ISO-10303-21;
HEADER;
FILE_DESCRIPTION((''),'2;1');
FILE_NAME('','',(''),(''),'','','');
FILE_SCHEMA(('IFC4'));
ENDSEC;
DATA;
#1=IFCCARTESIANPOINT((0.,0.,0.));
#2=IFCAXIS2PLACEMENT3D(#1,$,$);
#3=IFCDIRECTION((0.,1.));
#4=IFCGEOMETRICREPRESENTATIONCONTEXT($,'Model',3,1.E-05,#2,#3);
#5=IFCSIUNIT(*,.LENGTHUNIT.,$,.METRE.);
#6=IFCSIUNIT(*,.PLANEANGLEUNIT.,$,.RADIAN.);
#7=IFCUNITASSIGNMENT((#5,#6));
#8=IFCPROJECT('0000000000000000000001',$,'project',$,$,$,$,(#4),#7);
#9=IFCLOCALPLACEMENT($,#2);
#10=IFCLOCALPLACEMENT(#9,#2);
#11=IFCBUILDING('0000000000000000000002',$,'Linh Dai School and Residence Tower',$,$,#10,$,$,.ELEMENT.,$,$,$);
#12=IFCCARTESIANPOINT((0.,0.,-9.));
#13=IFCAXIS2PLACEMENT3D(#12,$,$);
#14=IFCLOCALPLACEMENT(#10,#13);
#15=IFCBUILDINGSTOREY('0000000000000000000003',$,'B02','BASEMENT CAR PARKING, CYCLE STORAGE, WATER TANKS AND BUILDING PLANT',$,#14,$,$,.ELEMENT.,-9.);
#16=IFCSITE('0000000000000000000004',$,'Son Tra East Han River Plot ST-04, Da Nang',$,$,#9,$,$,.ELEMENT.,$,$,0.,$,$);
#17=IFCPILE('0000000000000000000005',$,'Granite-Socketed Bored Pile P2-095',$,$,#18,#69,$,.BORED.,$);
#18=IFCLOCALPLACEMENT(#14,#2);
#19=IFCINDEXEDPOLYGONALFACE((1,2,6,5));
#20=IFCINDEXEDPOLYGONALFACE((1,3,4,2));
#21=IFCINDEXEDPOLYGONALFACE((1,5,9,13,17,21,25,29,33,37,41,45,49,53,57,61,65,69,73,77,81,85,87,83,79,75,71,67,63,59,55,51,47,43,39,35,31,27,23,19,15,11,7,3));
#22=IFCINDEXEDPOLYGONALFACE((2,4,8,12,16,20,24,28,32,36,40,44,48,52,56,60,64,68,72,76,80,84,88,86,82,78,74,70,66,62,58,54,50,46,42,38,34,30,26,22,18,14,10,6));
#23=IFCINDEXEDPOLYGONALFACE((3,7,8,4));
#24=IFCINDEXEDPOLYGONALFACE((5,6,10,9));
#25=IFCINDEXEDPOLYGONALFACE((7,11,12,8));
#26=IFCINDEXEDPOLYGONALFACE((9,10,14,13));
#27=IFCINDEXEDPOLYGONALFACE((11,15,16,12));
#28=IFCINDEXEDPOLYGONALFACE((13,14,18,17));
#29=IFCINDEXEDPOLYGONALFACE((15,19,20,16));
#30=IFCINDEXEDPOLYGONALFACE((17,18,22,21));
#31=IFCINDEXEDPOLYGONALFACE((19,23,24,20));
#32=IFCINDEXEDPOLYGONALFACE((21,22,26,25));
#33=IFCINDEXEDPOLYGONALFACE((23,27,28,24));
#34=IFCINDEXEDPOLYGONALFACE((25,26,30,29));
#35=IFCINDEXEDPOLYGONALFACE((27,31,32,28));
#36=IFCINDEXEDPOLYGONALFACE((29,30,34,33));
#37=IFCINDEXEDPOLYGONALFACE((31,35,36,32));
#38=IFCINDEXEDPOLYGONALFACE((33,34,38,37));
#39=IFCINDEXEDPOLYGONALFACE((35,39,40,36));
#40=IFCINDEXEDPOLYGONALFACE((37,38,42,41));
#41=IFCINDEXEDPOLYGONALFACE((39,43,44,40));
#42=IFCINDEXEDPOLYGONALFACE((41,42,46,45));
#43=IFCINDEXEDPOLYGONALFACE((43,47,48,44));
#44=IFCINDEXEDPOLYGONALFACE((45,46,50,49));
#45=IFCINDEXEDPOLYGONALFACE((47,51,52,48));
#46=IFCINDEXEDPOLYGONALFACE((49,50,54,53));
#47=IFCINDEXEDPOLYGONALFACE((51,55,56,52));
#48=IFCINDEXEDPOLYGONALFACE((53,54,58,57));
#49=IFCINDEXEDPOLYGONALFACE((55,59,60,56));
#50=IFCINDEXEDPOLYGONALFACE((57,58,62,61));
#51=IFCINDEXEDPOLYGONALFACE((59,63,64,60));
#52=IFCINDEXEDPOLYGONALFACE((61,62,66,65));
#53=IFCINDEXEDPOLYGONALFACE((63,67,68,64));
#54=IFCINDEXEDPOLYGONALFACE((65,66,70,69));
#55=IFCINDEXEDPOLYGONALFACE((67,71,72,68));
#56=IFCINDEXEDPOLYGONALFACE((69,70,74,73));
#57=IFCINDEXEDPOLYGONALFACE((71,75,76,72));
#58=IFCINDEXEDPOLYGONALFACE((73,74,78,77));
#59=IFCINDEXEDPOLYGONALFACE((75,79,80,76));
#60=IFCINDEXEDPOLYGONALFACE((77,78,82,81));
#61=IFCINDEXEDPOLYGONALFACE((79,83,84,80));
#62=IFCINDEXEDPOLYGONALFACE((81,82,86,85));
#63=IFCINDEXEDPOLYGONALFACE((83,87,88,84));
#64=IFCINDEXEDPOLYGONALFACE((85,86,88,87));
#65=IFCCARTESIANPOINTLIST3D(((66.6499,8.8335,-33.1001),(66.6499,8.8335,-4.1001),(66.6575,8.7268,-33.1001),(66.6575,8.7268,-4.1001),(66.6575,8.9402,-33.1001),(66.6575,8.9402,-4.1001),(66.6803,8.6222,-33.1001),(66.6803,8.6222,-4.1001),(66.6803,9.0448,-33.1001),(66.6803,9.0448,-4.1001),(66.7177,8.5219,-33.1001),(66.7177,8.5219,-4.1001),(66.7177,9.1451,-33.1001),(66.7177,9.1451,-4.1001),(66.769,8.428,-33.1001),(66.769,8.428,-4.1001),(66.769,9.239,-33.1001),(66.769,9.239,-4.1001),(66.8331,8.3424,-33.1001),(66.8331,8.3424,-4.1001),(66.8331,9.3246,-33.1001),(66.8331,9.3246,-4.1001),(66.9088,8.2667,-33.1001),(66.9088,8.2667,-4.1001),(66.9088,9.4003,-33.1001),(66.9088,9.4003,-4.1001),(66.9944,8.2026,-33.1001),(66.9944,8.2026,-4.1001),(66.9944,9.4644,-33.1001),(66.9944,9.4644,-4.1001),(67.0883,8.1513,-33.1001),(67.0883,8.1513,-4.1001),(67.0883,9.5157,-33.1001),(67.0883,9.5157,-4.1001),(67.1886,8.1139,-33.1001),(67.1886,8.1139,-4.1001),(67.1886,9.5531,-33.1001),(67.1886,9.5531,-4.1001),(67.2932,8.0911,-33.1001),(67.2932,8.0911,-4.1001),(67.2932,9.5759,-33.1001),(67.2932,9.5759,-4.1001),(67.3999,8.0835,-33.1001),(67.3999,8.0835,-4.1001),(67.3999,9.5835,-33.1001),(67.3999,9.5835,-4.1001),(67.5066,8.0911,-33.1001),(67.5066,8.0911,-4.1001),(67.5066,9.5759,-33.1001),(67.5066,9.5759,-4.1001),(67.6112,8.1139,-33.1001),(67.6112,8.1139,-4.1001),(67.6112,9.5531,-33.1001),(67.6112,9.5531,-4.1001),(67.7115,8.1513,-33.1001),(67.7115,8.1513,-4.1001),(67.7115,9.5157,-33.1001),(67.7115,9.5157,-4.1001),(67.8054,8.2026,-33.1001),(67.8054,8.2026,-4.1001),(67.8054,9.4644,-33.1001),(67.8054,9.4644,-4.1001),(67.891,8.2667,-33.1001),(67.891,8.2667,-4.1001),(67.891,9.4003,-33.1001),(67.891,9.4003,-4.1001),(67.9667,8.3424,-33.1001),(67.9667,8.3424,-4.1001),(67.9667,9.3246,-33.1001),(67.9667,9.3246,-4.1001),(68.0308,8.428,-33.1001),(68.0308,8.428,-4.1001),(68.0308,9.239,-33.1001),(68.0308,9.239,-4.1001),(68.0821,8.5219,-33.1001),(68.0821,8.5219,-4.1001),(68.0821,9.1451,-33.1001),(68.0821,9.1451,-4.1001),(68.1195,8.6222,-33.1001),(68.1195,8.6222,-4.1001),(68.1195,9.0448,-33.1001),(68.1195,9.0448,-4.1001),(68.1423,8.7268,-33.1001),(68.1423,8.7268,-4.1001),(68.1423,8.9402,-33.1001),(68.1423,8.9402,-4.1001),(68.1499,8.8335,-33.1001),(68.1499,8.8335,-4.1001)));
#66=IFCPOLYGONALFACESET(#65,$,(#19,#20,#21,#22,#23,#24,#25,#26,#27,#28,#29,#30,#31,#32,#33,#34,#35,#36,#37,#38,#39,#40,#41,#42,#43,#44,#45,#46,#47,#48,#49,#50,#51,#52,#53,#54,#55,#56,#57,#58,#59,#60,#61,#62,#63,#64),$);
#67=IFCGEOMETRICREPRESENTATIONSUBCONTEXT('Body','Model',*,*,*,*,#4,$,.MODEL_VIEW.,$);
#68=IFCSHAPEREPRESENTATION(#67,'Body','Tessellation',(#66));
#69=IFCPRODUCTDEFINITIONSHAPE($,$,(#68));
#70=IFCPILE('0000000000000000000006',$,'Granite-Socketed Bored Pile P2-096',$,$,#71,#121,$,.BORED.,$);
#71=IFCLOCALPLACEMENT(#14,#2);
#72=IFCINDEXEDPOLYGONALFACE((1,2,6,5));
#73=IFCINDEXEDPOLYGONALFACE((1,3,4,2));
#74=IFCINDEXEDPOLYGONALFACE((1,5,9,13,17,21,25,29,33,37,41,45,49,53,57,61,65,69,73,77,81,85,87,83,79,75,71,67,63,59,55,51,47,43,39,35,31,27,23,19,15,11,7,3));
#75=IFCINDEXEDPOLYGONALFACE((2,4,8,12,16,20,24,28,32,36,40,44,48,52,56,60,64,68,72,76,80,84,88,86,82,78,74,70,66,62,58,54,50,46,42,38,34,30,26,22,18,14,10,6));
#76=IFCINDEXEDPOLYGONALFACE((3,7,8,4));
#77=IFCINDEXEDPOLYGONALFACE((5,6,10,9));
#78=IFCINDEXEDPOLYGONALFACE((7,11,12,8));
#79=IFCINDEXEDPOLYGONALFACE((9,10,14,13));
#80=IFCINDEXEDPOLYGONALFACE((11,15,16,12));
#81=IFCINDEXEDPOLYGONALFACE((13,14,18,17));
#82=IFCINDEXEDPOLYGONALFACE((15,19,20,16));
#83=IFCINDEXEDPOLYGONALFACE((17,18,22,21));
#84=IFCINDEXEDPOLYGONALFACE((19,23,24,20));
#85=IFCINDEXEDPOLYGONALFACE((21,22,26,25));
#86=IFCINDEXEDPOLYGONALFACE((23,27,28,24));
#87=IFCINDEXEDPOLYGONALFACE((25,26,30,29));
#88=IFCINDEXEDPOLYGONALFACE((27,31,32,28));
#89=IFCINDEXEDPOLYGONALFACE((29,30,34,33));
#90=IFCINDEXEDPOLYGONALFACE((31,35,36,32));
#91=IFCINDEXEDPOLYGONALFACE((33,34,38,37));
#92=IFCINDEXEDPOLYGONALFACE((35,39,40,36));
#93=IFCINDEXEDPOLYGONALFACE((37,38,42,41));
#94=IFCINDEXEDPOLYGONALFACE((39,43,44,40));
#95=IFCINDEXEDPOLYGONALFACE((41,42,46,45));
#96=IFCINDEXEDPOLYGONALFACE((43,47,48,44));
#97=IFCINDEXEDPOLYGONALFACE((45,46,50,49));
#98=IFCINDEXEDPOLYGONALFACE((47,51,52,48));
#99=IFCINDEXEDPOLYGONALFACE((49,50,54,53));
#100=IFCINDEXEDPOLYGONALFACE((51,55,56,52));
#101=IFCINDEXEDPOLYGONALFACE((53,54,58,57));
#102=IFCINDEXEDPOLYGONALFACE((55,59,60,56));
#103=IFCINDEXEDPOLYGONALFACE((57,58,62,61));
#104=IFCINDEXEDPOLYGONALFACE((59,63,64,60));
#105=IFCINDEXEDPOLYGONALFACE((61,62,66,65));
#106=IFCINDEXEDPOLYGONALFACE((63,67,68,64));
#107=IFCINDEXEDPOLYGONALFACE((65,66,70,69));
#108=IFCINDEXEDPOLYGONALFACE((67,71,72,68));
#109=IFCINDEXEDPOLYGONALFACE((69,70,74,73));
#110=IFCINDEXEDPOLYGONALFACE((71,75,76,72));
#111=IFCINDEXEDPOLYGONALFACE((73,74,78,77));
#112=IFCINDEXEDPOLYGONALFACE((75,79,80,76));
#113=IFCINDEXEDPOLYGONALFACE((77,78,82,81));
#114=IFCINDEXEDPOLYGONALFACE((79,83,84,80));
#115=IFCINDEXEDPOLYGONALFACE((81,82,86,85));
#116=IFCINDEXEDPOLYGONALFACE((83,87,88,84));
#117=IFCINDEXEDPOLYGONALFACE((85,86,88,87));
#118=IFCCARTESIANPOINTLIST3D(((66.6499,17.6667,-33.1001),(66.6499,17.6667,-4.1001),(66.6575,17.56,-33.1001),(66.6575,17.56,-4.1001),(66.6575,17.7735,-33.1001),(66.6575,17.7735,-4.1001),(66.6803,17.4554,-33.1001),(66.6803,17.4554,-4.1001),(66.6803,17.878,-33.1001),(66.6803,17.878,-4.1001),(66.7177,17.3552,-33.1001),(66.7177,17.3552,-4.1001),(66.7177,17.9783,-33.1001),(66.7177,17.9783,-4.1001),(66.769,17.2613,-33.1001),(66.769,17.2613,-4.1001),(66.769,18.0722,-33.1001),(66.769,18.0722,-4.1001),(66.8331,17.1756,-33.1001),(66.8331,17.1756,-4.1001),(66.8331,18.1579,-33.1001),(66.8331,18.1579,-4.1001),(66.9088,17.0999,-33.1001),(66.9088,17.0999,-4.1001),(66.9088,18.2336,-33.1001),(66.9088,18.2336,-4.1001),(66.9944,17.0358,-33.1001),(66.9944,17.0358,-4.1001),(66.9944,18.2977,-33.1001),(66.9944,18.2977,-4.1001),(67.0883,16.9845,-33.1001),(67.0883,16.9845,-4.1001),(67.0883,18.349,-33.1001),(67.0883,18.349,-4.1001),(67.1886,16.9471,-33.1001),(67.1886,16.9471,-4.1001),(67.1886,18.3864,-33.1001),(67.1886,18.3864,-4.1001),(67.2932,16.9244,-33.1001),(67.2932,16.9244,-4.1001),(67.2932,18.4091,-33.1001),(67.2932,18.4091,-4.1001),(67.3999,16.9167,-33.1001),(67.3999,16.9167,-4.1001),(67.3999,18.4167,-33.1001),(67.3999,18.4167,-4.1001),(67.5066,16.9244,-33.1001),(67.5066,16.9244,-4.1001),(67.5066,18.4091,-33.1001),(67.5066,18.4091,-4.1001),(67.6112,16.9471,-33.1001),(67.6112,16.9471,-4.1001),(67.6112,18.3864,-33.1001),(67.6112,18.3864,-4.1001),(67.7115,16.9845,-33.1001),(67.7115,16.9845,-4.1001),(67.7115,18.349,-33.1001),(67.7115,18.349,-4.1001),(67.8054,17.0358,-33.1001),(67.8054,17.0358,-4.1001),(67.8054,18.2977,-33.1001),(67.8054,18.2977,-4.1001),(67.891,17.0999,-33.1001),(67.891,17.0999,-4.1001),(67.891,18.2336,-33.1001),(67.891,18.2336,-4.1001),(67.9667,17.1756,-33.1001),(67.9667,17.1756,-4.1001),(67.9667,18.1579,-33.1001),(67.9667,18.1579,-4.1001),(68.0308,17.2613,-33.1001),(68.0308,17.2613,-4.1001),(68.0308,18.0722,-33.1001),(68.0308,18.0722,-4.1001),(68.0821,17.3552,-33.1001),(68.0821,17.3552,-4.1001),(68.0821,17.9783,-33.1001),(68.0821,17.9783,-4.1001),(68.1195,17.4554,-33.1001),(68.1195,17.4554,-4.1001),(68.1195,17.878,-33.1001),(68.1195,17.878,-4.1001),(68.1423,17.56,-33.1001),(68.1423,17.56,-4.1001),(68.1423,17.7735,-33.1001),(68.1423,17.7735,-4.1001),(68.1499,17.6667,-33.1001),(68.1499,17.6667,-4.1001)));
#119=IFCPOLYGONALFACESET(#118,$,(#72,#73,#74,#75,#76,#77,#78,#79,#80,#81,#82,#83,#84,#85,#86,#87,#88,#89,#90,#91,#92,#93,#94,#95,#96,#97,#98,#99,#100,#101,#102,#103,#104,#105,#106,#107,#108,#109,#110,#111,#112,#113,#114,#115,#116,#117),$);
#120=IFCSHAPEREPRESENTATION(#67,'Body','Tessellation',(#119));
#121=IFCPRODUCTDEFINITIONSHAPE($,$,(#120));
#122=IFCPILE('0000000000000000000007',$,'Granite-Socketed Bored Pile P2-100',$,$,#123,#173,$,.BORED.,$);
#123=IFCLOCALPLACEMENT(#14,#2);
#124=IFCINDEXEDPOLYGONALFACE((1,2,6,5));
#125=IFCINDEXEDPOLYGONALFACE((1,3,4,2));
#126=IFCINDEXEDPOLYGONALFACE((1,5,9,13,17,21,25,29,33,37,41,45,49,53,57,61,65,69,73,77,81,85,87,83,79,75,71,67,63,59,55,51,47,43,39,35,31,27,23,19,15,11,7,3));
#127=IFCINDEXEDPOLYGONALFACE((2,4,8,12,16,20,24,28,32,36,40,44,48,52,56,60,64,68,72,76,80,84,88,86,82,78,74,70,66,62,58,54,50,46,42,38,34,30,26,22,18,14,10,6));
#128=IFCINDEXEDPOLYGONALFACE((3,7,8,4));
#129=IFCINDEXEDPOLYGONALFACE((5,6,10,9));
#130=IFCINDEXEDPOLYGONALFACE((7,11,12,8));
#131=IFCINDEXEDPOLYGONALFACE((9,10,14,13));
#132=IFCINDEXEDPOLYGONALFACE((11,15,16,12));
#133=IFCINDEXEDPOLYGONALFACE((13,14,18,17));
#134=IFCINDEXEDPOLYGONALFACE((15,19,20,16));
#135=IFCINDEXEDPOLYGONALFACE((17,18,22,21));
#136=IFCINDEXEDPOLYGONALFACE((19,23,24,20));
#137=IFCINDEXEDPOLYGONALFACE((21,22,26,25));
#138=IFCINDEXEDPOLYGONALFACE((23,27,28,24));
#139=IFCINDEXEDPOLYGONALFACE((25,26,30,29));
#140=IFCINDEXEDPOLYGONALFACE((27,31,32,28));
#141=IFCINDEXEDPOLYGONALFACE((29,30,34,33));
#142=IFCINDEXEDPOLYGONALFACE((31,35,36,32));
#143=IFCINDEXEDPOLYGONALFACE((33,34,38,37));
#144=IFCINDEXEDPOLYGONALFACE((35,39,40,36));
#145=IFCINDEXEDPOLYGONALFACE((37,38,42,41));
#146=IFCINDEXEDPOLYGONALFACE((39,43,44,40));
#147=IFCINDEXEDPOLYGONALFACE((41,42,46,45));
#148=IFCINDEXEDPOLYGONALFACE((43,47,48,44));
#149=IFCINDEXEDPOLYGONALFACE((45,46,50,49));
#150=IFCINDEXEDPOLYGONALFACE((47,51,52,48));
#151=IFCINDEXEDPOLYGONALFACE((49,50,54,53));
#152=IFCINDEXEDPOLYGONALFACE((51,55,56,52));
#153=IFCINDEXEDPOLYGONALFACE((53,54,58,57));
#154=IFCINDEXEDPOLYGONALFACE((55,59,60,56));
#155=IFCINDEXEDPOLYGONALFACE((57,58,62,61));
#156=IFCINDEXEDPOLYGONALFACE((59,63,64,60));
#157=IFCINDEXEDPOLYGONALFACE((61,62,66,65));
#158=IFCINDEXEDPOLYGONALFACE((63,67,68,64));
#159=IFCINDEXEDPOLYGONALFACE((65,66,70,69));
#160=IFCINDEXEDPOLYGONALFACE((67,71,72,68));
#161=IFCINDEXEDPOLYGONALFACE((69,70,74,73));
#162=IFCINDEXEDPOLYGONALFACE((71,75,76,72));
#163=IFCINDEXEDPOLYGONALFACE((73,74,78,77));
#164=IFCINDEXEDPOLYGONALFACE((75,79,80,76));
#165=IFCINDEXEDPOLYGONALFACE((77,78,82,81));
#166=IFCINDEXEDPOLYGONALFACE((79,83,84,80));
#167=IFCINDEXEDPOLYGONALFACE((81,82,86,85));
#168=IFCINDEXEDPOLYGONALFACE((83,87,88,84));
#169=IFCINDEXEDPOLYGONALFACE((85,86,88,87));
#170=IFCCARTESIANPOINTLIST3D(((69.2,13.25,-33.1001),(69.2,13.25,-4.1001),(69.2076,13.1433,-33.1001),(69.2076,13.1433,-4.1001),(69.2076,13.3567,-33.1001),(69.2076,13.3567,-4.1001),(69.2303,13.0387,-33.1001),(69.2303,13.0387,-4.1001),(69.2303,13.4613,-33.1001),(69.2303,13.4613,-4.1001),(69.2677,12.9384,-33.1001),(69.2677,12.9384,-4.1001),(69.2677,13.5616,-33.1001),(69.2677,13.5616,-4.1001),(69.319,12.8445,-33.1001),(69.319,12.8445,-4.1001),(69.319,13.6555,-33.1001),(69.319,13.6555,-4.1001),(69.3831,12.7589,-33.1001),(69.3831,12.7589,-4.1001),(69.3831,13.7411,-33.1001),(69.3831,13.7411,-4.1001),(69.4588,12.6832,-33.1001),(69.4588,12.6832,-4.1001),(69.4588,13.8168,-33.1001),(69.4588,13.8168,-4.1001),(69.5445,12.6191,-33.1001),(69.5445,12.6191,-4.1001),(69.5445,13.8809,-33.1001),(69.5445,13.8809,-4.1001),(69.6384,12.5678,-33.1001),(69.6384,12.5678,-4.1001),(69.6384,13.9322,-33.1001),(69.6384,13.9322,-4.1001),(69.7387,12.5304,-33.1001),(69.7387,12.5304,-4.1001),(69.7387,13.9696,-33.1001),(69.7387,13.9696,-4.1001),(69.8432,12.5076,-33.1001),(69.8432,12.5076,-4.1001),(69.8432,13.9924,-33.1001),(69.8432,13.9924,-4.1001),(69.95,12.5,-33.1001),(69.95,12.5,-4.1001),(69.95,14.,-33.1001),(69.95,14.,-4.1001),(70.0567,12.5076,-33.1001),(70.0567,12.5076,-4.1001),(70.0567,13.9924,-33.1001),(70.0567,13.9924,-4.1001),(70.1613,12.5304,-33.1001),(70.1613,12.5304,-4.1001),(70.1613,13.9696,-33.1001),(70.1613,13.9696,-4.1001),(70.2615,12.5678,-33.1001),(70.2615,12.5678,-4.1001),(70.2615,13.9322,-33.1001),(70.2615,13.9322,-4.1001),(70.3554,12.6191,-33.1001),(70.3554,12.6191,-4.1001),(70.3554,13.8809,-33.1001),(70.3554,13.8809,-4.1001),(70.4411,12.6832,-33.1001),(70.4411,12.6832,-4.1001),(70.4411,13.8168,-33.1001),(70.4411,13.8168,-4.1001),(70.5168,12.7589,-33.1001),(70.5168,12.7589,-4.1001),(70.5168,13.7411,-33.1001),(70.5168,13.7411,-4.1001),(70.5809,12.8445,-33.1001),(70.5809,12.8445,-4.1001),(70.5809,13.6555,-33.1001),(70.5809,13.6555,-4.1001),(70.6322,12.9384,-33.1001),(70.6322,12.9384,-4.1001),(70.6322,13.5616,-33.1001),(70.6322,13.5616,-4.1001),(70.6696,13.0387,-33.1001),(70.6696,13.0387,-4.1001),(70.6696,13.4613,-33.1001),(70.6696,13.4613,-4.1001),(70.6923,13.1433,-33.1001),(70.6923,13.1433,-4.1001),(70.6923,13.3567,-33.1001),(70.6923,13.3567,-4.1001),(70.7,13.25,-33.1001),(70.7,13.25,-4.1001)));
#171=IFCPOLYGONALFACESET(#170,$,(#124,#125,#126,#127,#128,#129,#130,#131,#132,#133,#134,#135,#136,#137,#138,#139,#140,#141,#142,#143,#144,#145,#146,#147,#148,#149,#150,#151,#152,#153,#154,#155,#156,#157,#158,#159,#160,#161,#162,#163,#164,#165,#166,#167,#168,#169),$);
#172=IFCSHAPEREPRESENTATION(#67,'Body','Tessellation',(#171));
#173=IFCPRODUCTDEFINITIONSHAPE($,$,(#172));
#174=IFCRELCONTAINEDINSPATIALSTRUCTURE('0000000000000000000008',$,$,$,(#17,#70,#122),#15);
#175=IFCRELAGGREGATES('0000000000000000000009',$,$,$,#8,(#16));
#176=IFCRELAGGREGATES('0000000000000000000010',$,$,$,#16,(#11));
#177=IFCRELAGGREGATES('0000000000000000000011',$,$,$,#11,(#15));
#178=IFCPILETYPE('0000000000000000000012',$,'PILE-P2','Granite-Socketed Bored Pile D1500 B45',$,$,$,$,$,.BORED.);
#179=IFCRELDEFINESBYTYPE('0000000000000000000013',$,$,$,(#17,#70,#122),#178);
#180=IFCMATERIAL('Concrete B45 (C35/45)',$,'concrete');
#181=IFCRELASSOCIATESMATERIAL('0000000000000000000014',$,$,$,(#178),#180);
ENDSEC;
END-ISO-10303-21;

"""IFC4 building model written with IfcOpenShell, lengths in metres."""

from ifc_helpers import new_model, si_unit, direction, frame, origin, origin_2d, place, context, subcontext, project, spatial, circle, extrude, material, material_profile, profile_set, type_object, element, save


model = new_model("IFC4")

# Units and contexts
model_context = context("Model", 3, precision=1e-05, world=origin(), true_north=direction((0.0, 1.0)))
body_context = subcontext(model_context, "Body", "Model", "MODEL_VIEW")
ifc_project = project(units=[si_unit("LENGTHUNIT", "METRE"), si_unit("PLANEANGLEUNIT", "RADIAN")], contexts=[model_context])

# Site, building, storey
site_placement = place(None, origin())
site = spatial("IfcSite", under=ifc_project, at=site_placement, Name="Son Tra East Han River Plot ST-04, Da Nang", CompositionType="ELEMENT", RefElevation=0.0)
building_placement = place(site_placement, origin())
building = spatial("IfcBuilding", under=site, at=building_placement, Name="Linh Dai School and Residence Tower", CompositionType="ELEMENT")
storey_placement = place(building_placement, frame((0.0, 0.0, -9.0)))
storey = spatial("IfcBuildingStorey", under=building, at=storey_placement, Name="B02", Description="BASEMENT CAR PARKING, CYCLE STORAGE, WATER TANKS AND BUILDING PLANT", CompositionType="ELEMENT", Elevation=-9.0)

# Piles
ifc_material_1 = material(Name="Concrete B45 (C35/45)", Category="concrete")
ifc_material_profile_1 = material_profile(ifc_material_1, circle(Radius=0.75, at=origin_2d()), Name="PILE D1500")
ifc_profile_set_1 = profile_set([ifc_material_profile_1], Name="Concrete B45 (C35/45)")
pile_type = type_object("IfcPileType", Name="PILE-P2", Description="Granite-Socketed Bored Pile D1500 B45", PredefinedType="BORED", material=ifc_profile_set_1)
for number, where, z_axis, x_axis, name in (
    (1, (67.3999, 8.8335, -4.1001), (0.0, 0.0, -1.0), (1.0, 0.0, 0.0), "Granite-Socketed Bored Pile P2-095"),
    (2, (67.3999, 17.6667, -4.1001), (0.0, 0.0, -1.0), (1.0, 0.0, 0.0), "Granite-Socketed Bored Pile P2-096"),
    (3, (69.95, 13.25, -4.1001), (0.0, 0.0, -1.0), (1.0, 0.0, 0.0), "Granite-Socketed Bored Pile P2-100"),
):
    element("IfcPile", number, at=place(storey_placement, frame(where, z_axis=z_axis, x_axis=x_axis)), inside=storey, type_object=pile_type, Name=name, PredefinedType="BORED", context=body_context, shape_type="SweptSolid", body=[
        extrude(circle(Radius=0.75, at=origin_2d()), origin(), (0.0, 0.0, 1.0), 29.0),
    ])

save(model, "model.ifc")
